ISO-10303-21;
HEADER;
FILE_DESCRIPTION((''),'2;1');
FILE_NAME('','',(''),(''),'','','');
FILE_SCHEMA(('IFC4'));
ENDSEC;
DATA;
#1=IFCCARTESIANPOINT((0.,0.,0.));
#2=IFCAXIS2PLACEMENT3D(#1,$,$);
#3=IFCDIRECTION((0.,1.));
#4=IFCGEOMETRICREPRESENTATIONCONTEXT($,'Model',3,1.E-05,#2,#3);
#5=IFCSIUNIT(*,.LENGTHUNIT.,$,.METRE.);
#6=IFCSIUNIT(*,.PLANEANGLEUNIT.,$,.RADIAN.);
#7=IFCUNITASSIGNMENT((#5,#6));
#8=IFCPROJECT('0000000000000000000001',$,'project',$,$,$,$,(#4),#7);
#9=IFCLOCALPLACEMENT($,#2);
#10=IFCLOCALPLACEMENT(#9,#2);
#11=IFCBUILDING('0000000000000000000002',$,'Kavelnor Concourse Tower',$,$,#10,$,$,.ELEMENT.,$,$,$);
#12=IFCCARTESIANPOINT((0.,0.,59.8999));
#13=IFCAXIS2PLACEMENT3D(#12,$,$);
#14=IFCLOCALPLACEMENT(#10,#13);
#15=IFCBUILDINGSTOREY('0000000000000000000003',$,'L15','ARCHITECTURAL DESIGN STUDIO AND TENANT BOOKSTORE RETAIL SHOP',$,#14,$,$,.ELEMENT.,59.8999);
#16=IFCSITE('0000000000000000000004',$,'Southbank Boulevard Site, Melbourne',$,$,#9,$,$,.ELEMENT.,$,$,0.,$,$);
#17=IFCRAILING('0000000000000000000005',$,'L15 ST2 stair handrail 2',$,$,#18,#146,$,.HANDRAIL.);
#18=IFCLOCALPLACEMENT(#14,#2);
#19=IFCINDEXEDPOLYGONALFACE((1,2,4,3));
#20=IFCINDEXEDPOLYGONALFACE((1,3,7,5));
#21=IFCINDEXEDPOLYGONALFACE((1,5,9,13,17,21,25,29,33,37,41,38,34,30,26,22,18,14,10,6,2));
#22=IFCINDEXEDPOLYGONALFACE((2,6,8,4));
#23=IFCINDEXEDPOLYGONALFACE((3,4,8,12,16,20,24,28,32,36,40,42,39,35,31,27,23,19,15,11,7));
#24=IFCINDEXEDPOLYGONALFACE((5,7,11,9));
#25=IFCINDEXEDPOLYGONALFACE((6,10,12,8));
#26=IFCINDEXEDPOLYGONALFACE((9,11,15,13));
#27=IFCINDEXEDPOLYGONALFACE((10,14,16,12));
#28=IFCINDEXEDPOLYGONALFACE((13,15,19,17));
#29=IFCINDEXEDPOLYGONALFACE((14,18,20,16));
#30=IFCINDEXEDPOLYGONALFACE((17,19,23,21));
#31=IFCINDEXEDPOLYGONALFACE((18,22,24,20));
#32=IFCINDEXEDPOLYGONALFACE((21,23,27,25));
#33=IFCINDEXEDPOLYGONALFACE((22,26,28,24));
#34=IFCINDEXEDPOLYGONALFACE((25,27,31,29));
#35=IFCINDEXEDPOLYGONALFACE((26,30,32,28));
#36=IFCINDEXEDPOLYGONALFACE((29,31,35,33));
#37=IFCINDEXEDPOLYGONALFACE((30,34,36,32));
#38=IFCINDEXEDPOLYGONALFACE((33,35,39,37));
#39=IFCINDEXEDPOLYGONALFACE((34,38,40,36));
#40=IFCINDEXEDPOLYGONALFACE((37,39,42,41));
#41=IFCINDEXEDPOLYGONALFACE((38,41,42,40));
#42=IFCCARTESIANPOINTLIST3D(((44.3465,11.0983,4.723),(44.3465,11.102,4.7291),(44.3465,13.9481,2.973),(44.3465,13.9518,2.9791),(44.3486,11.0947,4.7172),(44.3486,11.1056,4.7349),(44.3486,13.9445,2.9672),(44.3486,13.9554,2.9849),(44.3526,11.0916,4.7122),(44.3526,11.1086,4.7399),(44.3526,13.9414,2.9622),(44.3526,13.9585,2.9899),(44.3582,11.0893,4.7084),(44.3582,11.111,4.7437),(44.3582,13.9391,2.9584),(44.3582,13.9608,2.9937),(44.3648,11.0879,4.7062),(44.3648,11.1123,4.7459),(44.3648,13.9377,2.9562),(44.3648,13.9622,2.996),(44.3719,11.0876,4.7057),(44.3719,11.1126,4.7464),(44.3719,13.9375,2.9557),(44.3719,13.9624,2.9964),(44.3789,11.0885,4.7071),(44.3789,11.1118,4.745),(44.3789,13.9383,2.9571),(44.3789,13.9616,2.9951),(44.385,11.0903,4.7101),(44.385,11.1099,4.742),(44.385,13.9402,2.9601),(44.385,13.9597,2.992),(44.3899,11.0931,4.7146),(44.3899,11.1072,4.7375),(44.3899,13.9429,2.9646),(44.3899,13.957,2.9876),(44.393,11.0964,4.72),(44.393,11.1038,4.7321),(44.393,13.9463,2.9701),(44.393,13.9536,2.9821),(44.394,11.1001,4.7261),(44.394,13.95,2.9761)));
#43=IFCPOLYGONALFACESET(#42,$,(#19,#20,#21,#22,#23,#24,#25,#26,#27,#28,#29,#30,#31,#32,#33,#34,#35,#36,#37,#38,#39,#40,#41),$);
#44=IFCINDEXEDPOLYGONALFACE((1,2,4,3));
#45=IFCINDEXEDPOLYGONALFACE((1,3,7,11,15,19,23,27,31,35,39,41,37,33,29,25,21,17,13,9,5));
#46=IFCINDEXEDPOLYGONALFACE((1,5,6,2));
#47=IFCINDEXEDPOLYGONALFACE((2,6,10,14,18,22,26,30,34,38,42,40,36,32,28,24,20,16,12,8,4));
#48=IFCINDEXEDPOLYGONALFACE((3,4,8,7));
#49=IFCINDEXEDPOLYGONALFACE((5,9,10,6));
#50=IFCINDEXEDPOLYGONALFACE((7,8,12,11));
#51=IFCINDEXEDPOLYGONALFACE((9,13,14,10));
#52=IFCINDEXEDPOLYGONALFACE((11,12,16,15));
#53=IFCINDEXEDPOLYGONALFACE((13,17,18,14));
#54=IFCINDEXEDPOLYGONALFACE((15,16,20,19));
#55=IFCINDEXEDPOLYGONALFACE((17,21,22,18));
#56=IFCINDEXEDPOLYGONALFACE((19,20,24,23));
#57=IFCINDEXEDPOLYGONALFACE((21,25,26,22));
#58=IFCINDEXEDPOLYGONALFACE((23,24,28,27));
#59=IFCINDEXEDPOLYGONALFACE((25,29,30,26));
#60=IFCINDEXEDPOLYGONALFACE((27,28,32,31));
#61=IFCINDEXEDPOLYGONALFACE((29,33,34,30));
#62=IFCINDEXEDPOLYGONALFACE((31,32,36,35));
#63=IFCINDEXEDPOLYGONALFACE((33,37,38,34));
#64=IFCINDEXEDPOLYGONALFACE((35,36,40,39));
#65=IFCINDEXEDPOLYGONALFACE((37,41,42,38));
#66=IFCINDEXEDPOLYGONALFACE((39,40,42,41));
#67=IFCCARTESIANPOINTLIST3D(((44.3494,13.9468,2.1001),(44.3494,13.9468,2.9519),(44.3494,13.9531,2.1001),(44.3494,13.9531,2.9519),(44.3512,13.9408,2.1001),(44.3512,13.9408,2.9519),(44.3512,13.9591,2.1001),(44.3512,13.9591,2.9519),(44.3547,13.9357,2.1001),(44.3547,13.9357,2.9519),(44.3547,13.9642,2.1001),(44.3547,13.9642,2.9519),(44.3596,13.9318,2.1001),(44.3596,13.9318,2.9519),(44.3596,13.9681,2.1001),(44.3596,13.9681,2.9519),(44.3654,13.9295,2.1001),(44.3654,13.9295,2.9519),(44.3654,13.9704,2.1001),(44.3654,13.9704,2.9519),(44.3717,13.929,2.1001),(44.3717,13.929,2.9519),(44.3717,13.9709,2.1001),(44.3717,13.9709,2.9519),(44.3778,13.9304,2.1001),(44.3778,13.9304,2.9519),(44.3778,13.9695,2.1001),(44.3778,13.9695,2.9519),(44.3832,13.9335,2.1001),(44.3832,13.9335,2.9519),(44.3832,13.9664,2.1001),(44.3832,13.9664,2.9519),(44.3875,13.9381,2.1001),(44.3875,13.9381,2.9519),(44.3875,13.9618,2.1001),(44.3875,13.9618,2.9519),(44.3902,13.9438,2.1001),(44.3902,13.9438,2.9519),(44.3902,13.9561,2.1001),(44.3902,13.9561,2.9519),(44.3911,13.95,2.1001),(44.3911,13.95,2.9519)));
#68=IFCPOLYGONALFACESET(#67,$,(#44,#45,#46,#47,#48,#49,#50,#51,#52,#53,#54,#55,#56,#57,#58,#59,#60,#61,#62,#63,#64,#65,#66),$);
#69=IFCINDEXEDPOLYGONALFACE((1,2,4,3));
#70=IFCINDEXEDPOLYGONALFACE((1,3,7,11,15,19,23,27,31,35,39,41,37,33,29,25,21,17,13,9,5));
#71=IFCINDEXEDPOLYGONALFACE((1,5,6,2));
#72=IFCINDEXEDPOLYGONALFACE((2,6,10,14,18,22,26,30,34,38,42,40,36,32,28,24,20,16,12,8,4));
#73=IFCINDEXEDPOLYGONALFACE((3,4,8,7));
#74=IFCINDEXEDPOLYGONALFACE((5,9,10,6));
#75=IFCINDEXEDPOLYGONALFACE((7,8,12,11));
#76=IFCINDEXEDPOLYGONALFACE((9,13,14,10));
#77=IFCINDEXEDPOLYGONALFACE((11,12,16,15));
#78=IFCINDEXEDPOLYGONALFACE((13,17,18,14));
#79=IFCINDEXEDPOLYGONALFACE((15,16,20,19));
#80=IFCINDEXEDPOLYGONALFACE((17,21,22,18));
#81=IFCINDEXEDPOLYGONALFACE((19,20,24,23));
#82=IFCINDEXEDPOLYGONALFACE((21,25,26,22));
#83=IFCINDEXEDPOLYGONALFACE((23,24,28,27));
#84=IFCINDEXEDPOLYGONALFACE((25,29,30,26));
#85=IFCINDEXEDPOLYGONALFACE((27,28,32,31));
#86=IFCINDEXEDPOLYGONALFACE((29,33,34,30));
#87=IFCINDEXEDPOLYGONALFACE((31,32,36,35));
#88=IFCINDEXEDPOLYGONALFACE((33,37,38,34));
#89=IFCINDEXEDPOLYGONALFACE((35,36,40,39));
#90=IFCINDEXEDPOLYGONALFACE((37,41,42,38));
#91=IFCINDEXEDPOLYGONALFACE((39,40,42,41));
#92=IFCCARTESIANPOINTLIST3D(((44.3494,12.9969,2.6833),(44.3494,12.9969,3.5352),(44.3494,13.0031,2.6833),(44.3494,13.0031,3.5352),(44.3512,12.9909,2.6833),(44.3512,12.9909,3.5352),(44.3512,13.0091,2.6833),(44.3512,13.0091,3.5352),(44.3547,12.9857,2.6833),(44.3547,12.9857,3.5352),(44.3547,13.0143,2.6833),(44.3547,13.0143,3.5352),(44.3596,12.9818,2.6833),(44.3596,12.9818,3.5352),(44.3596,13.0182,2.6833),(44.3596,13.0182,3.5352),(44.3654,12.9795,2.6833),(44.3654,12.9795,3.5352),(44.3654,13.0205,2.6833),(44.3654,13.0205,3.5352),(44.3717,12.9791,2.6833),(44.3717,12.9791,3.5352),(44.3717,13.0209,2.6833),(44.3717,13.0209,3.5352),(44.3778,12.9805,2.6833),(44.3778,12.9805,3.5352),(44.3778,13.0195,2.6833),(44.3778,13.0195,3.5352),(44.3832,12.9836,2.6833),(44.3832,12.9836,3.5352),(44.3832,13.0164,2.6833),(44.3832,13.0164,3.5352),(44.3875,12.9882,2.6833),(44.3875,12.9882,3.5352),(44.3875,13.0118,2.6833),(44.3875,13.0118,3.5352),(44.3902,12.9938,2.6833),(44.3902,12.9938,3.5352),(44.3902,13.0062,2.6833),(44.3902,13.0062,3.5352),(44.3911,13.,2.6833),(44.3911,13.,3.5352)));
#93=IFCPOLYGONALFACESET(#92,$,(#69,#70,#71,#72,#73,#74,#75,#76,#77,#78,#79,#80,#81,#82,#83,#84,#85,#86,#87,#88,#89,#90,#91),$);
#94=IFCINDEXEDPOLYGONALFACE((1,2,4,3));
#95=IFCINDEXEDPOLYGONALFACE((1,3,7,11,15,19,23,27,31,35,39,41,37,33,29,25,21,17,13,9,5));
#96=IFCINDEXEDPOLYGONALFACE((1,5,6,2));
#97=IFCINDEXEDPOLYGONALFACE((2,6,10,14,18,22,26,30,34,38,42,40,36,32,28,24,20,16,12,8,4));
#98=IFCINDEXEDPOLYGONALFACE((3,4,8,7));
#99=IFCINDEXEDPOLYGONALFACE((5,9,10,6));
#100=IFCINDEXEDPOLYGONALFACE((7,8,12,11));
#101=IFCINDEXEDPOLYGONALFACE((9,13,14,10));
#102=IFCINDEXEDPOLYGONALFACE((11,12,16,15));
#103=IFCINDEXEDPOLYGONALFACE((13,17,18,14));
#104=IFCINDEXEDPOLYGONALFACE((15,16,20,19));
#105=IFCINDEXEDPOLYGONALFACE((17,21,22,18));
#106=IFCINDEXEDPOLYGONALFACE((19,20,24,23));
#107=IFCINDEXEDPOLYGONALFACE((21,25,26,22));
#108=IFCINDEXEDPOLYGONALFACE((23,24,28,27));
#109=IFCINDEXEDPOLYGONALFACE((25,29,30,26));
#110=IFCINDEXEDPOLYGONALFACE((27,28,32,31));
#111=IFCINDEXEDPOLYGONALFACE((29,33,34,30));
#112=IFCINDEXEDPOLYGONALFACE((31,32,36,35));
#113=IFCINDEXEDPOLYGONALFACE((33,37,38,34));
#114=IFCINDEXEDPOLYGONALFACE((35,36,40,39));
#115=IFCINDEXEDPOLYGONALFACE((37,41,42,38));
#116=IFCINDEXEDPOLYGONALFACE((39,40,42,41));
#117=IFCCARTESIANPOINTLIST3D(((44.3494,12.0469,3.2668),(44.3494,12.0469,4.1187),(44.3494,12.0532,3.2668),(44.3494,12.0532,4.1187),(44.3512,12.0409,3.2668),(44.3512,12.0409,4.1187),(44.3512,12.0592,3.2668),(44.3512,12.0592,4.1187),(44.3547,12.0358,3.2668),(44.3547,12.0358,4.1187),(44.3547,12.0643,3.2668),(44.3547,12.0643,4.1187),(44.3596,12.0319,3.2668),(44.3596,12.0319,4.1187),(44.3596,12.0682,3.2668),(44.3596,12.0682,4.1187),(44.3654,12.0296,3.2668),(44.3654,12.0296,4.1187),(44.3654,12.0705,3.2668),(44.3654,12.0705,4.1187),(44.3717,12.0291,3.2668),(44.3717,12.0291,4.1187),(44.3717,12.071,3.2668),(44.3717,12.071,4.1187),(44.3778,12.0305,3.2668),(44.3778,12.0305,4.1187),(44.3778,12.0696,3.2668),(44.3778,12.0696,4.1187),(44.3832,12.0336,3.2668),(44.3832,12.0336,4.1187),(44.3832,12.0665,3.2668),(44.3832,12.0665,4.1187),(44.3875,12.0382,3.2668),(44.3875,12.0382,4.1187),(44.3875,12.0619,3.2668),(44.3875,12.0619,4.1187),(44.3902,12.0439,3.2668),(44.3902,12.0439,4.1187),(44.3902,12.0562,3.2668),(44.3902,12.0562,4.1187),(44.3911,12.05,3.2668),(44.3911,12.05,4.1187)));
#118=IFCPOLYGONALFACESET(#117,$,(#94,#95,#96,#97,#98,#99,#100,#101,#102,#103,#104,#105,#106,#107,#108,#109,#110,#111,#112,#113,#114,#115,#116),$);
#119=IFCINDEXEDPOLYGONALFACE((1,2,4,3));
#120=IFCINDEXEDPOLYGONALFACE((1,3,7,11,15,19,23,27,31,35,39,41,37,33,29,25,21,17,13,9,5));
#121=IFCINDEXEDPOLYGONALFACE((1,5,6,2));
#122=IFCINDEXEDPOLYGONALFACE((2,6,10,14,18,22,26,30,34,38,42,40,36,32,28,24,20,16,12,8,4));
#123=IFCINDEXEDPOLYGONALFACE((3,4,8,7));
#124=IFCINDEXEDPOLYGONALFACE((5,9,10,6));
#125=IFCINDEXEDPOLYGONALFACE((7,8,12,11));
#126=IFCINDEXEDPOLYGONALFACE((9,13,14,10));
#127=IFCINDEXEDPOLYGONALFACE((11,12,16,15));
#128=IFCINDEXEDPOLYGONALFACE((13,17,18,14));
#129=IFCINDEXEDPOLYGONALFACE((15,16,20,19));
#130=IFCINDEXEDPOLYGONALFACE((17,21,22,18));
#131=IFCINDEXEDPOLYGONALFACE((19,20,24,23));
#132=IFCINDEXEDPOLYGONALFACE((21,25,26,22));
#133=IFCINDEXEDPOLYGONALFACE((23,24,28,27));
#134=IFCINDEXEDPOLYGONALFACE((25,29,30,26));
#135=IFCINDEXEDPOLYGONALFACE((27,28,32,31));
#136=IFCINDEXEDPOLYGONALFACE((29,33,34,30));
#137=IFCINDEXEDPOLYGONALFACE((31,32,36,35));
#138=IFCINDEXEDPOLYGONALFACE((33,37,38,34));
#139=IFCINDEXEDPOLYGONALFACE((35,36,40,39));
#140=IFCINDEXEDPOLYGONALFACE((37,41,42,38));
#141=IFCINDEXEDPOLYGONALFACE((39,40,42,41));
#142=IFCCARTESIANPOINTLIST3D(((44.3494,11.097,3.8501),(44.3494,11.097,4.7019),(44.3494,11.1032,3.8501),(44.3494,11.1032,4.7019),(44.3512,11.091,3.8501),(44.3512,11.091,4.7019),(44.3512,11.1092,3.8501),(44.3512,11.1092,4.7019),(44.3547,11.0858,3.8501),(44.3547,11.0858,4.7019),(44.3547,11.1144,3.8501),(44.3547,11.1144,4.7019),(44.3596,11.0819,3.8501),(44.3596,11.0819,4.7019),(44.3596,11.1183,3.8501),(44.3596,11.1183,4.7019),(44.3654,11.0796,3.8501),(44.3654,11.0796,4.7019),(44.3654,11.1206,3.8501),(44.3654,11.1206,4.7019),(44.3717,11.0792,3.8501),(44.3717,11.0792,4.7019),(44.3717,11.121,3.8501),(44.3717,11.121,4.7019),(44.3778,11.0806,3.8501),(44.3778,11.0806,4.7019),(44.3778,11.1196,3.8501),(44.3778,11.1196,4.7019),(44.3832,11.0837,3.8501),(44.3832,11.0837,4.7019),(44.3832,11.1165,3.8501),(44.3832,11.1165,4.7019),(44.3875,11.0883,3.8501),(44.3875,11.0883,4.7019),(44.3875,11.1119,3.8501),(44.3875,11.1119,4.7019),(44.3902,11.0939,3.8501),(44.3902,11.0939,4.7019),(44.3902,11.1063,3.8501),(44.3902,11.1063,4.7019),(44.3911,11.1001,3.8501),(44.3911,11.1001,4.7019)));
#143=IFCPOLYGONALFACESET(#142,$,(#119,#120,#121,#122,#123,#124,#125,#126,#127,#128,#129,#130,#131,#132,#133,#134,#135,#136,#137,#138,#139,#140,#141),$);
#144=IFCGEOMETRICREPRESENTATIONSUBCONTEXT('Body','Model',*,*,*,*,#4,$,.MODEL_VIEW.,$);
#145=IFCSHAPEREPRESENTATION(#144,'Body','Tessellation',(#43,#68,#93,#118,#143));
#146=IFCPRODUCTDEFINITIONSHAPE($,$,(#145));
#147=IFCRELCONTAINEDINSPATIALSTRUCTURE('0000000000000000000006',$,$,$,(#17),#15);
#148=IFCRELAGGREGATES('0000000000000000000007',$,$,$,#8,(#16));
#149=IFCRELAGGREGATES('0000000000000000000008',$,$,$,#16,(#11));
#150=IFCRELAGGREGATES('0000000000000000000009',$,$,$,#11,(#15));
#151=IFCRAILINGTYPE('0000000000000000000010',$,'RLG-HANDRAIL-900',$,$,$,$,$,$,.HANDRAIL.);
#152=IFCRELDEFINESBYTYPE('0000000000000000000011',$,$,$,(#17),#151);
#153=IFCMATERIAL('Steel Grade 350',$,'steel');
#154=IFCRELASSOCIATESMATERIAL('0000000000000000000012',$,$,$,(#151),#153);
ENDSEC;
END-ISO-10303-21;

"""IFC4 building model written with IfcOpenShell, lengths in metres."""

from ifc_helpers import new_model, si_unit, direction, frame, origin, origin_2d, place, context, subcontext, project, spatial, circle, extrude, material, type_object, element, save


model = new_model("IFC4")

# Units and contexts
model_context = context("Model", 3, precision=1e-05, world=origin(), true_north=direction((0.0, 1.0)))
body_context = subcontext(model_context, "Body", "Model", "MODEL_VIEW")
ifc_project = project(units=[si_unit("LENGTHUNIT", "METRE"), si_unit("PLANEANGLEUNIT", "RADIAN")], contexts=[model_context])

# Site, building, storey
site_placement = place(None, origin())
site = spatial("IfcSite", under=ifc_project, at=site_placement, Name="Southbank Boulevard Site, Melbourne", CompositionType="ELEMENT", RefElevation=0.0)
building_placement = place(site_placement, origin())
building = spatial("IfcBuilding", under=site, at=building_placement, Name="Kavelnor Concourse Tower", CompositionType="ELEMENT")
storey_placement = place(building_placement, frame((0.0, 0.0, 59.8999)))
storey = spatial("IfcBuildingStorey", under=building, at=storey_placement, Name="L15", Description="ARCHITECTURAL DESIGN STUDIO AND TENANT BOOKSTORE RETAIL SHOP", CompositionType="ELEMENT", Elevation=59.8999)

# Shared definitions
ifc_material_1 = material(Name="Steel Grade 350", Category="steel")

# Railing
railing_type_1 = type_object("IfcRailingType", Name="RLG-HANDRAIL-900", PredefinedType="HANDRAIL", material=ifc_material_1)
railing_1_placement = place(storey_placement, frame((44.3701, 13.95, 2.1001)))
element("IfcRailing", 1, at=railing_1_placement, inside=storey, type_object=railing_type_1, Name="L15 ST2 stair handrail 2", PredefinedType="HANDRAIL", context=body_context, shape_type="SweptSolid", body=[
    extrude(circle(Radius=0.0239, at=origin_2d()), frame((0.0, 0.0, 0.876), z_axis=(0.0, -0.852159, 0.523283), x_axis=(1.0, 0.0, 0.0)), (0.0, 0.0, 1.0), 3.3442),
    extrude(circle(Radius=0.021, at=origin_2d()), origin(), (0.0, 0.0, 1.0), 0.8518),
    extrude(circle(Radius=0.021, at=origin_2d()), frame((0.0, -0.95, 0.5833)), (0.0, 0.0, 1.0), 0.8518),
    extrude(circle(Radius=0.021, at=origin_2d()), frame((0.0, -1.8999, 1.1667)), (0.0, 0.0, 1.0), 0.8518),
    extrude(circle(Radius=0.021, at=origin_2d()), frame((0.0, -2.8499, 1.75)), (0.0, 0.0, 1.0), 0.8518),
])

save(model, "model.ifc")
